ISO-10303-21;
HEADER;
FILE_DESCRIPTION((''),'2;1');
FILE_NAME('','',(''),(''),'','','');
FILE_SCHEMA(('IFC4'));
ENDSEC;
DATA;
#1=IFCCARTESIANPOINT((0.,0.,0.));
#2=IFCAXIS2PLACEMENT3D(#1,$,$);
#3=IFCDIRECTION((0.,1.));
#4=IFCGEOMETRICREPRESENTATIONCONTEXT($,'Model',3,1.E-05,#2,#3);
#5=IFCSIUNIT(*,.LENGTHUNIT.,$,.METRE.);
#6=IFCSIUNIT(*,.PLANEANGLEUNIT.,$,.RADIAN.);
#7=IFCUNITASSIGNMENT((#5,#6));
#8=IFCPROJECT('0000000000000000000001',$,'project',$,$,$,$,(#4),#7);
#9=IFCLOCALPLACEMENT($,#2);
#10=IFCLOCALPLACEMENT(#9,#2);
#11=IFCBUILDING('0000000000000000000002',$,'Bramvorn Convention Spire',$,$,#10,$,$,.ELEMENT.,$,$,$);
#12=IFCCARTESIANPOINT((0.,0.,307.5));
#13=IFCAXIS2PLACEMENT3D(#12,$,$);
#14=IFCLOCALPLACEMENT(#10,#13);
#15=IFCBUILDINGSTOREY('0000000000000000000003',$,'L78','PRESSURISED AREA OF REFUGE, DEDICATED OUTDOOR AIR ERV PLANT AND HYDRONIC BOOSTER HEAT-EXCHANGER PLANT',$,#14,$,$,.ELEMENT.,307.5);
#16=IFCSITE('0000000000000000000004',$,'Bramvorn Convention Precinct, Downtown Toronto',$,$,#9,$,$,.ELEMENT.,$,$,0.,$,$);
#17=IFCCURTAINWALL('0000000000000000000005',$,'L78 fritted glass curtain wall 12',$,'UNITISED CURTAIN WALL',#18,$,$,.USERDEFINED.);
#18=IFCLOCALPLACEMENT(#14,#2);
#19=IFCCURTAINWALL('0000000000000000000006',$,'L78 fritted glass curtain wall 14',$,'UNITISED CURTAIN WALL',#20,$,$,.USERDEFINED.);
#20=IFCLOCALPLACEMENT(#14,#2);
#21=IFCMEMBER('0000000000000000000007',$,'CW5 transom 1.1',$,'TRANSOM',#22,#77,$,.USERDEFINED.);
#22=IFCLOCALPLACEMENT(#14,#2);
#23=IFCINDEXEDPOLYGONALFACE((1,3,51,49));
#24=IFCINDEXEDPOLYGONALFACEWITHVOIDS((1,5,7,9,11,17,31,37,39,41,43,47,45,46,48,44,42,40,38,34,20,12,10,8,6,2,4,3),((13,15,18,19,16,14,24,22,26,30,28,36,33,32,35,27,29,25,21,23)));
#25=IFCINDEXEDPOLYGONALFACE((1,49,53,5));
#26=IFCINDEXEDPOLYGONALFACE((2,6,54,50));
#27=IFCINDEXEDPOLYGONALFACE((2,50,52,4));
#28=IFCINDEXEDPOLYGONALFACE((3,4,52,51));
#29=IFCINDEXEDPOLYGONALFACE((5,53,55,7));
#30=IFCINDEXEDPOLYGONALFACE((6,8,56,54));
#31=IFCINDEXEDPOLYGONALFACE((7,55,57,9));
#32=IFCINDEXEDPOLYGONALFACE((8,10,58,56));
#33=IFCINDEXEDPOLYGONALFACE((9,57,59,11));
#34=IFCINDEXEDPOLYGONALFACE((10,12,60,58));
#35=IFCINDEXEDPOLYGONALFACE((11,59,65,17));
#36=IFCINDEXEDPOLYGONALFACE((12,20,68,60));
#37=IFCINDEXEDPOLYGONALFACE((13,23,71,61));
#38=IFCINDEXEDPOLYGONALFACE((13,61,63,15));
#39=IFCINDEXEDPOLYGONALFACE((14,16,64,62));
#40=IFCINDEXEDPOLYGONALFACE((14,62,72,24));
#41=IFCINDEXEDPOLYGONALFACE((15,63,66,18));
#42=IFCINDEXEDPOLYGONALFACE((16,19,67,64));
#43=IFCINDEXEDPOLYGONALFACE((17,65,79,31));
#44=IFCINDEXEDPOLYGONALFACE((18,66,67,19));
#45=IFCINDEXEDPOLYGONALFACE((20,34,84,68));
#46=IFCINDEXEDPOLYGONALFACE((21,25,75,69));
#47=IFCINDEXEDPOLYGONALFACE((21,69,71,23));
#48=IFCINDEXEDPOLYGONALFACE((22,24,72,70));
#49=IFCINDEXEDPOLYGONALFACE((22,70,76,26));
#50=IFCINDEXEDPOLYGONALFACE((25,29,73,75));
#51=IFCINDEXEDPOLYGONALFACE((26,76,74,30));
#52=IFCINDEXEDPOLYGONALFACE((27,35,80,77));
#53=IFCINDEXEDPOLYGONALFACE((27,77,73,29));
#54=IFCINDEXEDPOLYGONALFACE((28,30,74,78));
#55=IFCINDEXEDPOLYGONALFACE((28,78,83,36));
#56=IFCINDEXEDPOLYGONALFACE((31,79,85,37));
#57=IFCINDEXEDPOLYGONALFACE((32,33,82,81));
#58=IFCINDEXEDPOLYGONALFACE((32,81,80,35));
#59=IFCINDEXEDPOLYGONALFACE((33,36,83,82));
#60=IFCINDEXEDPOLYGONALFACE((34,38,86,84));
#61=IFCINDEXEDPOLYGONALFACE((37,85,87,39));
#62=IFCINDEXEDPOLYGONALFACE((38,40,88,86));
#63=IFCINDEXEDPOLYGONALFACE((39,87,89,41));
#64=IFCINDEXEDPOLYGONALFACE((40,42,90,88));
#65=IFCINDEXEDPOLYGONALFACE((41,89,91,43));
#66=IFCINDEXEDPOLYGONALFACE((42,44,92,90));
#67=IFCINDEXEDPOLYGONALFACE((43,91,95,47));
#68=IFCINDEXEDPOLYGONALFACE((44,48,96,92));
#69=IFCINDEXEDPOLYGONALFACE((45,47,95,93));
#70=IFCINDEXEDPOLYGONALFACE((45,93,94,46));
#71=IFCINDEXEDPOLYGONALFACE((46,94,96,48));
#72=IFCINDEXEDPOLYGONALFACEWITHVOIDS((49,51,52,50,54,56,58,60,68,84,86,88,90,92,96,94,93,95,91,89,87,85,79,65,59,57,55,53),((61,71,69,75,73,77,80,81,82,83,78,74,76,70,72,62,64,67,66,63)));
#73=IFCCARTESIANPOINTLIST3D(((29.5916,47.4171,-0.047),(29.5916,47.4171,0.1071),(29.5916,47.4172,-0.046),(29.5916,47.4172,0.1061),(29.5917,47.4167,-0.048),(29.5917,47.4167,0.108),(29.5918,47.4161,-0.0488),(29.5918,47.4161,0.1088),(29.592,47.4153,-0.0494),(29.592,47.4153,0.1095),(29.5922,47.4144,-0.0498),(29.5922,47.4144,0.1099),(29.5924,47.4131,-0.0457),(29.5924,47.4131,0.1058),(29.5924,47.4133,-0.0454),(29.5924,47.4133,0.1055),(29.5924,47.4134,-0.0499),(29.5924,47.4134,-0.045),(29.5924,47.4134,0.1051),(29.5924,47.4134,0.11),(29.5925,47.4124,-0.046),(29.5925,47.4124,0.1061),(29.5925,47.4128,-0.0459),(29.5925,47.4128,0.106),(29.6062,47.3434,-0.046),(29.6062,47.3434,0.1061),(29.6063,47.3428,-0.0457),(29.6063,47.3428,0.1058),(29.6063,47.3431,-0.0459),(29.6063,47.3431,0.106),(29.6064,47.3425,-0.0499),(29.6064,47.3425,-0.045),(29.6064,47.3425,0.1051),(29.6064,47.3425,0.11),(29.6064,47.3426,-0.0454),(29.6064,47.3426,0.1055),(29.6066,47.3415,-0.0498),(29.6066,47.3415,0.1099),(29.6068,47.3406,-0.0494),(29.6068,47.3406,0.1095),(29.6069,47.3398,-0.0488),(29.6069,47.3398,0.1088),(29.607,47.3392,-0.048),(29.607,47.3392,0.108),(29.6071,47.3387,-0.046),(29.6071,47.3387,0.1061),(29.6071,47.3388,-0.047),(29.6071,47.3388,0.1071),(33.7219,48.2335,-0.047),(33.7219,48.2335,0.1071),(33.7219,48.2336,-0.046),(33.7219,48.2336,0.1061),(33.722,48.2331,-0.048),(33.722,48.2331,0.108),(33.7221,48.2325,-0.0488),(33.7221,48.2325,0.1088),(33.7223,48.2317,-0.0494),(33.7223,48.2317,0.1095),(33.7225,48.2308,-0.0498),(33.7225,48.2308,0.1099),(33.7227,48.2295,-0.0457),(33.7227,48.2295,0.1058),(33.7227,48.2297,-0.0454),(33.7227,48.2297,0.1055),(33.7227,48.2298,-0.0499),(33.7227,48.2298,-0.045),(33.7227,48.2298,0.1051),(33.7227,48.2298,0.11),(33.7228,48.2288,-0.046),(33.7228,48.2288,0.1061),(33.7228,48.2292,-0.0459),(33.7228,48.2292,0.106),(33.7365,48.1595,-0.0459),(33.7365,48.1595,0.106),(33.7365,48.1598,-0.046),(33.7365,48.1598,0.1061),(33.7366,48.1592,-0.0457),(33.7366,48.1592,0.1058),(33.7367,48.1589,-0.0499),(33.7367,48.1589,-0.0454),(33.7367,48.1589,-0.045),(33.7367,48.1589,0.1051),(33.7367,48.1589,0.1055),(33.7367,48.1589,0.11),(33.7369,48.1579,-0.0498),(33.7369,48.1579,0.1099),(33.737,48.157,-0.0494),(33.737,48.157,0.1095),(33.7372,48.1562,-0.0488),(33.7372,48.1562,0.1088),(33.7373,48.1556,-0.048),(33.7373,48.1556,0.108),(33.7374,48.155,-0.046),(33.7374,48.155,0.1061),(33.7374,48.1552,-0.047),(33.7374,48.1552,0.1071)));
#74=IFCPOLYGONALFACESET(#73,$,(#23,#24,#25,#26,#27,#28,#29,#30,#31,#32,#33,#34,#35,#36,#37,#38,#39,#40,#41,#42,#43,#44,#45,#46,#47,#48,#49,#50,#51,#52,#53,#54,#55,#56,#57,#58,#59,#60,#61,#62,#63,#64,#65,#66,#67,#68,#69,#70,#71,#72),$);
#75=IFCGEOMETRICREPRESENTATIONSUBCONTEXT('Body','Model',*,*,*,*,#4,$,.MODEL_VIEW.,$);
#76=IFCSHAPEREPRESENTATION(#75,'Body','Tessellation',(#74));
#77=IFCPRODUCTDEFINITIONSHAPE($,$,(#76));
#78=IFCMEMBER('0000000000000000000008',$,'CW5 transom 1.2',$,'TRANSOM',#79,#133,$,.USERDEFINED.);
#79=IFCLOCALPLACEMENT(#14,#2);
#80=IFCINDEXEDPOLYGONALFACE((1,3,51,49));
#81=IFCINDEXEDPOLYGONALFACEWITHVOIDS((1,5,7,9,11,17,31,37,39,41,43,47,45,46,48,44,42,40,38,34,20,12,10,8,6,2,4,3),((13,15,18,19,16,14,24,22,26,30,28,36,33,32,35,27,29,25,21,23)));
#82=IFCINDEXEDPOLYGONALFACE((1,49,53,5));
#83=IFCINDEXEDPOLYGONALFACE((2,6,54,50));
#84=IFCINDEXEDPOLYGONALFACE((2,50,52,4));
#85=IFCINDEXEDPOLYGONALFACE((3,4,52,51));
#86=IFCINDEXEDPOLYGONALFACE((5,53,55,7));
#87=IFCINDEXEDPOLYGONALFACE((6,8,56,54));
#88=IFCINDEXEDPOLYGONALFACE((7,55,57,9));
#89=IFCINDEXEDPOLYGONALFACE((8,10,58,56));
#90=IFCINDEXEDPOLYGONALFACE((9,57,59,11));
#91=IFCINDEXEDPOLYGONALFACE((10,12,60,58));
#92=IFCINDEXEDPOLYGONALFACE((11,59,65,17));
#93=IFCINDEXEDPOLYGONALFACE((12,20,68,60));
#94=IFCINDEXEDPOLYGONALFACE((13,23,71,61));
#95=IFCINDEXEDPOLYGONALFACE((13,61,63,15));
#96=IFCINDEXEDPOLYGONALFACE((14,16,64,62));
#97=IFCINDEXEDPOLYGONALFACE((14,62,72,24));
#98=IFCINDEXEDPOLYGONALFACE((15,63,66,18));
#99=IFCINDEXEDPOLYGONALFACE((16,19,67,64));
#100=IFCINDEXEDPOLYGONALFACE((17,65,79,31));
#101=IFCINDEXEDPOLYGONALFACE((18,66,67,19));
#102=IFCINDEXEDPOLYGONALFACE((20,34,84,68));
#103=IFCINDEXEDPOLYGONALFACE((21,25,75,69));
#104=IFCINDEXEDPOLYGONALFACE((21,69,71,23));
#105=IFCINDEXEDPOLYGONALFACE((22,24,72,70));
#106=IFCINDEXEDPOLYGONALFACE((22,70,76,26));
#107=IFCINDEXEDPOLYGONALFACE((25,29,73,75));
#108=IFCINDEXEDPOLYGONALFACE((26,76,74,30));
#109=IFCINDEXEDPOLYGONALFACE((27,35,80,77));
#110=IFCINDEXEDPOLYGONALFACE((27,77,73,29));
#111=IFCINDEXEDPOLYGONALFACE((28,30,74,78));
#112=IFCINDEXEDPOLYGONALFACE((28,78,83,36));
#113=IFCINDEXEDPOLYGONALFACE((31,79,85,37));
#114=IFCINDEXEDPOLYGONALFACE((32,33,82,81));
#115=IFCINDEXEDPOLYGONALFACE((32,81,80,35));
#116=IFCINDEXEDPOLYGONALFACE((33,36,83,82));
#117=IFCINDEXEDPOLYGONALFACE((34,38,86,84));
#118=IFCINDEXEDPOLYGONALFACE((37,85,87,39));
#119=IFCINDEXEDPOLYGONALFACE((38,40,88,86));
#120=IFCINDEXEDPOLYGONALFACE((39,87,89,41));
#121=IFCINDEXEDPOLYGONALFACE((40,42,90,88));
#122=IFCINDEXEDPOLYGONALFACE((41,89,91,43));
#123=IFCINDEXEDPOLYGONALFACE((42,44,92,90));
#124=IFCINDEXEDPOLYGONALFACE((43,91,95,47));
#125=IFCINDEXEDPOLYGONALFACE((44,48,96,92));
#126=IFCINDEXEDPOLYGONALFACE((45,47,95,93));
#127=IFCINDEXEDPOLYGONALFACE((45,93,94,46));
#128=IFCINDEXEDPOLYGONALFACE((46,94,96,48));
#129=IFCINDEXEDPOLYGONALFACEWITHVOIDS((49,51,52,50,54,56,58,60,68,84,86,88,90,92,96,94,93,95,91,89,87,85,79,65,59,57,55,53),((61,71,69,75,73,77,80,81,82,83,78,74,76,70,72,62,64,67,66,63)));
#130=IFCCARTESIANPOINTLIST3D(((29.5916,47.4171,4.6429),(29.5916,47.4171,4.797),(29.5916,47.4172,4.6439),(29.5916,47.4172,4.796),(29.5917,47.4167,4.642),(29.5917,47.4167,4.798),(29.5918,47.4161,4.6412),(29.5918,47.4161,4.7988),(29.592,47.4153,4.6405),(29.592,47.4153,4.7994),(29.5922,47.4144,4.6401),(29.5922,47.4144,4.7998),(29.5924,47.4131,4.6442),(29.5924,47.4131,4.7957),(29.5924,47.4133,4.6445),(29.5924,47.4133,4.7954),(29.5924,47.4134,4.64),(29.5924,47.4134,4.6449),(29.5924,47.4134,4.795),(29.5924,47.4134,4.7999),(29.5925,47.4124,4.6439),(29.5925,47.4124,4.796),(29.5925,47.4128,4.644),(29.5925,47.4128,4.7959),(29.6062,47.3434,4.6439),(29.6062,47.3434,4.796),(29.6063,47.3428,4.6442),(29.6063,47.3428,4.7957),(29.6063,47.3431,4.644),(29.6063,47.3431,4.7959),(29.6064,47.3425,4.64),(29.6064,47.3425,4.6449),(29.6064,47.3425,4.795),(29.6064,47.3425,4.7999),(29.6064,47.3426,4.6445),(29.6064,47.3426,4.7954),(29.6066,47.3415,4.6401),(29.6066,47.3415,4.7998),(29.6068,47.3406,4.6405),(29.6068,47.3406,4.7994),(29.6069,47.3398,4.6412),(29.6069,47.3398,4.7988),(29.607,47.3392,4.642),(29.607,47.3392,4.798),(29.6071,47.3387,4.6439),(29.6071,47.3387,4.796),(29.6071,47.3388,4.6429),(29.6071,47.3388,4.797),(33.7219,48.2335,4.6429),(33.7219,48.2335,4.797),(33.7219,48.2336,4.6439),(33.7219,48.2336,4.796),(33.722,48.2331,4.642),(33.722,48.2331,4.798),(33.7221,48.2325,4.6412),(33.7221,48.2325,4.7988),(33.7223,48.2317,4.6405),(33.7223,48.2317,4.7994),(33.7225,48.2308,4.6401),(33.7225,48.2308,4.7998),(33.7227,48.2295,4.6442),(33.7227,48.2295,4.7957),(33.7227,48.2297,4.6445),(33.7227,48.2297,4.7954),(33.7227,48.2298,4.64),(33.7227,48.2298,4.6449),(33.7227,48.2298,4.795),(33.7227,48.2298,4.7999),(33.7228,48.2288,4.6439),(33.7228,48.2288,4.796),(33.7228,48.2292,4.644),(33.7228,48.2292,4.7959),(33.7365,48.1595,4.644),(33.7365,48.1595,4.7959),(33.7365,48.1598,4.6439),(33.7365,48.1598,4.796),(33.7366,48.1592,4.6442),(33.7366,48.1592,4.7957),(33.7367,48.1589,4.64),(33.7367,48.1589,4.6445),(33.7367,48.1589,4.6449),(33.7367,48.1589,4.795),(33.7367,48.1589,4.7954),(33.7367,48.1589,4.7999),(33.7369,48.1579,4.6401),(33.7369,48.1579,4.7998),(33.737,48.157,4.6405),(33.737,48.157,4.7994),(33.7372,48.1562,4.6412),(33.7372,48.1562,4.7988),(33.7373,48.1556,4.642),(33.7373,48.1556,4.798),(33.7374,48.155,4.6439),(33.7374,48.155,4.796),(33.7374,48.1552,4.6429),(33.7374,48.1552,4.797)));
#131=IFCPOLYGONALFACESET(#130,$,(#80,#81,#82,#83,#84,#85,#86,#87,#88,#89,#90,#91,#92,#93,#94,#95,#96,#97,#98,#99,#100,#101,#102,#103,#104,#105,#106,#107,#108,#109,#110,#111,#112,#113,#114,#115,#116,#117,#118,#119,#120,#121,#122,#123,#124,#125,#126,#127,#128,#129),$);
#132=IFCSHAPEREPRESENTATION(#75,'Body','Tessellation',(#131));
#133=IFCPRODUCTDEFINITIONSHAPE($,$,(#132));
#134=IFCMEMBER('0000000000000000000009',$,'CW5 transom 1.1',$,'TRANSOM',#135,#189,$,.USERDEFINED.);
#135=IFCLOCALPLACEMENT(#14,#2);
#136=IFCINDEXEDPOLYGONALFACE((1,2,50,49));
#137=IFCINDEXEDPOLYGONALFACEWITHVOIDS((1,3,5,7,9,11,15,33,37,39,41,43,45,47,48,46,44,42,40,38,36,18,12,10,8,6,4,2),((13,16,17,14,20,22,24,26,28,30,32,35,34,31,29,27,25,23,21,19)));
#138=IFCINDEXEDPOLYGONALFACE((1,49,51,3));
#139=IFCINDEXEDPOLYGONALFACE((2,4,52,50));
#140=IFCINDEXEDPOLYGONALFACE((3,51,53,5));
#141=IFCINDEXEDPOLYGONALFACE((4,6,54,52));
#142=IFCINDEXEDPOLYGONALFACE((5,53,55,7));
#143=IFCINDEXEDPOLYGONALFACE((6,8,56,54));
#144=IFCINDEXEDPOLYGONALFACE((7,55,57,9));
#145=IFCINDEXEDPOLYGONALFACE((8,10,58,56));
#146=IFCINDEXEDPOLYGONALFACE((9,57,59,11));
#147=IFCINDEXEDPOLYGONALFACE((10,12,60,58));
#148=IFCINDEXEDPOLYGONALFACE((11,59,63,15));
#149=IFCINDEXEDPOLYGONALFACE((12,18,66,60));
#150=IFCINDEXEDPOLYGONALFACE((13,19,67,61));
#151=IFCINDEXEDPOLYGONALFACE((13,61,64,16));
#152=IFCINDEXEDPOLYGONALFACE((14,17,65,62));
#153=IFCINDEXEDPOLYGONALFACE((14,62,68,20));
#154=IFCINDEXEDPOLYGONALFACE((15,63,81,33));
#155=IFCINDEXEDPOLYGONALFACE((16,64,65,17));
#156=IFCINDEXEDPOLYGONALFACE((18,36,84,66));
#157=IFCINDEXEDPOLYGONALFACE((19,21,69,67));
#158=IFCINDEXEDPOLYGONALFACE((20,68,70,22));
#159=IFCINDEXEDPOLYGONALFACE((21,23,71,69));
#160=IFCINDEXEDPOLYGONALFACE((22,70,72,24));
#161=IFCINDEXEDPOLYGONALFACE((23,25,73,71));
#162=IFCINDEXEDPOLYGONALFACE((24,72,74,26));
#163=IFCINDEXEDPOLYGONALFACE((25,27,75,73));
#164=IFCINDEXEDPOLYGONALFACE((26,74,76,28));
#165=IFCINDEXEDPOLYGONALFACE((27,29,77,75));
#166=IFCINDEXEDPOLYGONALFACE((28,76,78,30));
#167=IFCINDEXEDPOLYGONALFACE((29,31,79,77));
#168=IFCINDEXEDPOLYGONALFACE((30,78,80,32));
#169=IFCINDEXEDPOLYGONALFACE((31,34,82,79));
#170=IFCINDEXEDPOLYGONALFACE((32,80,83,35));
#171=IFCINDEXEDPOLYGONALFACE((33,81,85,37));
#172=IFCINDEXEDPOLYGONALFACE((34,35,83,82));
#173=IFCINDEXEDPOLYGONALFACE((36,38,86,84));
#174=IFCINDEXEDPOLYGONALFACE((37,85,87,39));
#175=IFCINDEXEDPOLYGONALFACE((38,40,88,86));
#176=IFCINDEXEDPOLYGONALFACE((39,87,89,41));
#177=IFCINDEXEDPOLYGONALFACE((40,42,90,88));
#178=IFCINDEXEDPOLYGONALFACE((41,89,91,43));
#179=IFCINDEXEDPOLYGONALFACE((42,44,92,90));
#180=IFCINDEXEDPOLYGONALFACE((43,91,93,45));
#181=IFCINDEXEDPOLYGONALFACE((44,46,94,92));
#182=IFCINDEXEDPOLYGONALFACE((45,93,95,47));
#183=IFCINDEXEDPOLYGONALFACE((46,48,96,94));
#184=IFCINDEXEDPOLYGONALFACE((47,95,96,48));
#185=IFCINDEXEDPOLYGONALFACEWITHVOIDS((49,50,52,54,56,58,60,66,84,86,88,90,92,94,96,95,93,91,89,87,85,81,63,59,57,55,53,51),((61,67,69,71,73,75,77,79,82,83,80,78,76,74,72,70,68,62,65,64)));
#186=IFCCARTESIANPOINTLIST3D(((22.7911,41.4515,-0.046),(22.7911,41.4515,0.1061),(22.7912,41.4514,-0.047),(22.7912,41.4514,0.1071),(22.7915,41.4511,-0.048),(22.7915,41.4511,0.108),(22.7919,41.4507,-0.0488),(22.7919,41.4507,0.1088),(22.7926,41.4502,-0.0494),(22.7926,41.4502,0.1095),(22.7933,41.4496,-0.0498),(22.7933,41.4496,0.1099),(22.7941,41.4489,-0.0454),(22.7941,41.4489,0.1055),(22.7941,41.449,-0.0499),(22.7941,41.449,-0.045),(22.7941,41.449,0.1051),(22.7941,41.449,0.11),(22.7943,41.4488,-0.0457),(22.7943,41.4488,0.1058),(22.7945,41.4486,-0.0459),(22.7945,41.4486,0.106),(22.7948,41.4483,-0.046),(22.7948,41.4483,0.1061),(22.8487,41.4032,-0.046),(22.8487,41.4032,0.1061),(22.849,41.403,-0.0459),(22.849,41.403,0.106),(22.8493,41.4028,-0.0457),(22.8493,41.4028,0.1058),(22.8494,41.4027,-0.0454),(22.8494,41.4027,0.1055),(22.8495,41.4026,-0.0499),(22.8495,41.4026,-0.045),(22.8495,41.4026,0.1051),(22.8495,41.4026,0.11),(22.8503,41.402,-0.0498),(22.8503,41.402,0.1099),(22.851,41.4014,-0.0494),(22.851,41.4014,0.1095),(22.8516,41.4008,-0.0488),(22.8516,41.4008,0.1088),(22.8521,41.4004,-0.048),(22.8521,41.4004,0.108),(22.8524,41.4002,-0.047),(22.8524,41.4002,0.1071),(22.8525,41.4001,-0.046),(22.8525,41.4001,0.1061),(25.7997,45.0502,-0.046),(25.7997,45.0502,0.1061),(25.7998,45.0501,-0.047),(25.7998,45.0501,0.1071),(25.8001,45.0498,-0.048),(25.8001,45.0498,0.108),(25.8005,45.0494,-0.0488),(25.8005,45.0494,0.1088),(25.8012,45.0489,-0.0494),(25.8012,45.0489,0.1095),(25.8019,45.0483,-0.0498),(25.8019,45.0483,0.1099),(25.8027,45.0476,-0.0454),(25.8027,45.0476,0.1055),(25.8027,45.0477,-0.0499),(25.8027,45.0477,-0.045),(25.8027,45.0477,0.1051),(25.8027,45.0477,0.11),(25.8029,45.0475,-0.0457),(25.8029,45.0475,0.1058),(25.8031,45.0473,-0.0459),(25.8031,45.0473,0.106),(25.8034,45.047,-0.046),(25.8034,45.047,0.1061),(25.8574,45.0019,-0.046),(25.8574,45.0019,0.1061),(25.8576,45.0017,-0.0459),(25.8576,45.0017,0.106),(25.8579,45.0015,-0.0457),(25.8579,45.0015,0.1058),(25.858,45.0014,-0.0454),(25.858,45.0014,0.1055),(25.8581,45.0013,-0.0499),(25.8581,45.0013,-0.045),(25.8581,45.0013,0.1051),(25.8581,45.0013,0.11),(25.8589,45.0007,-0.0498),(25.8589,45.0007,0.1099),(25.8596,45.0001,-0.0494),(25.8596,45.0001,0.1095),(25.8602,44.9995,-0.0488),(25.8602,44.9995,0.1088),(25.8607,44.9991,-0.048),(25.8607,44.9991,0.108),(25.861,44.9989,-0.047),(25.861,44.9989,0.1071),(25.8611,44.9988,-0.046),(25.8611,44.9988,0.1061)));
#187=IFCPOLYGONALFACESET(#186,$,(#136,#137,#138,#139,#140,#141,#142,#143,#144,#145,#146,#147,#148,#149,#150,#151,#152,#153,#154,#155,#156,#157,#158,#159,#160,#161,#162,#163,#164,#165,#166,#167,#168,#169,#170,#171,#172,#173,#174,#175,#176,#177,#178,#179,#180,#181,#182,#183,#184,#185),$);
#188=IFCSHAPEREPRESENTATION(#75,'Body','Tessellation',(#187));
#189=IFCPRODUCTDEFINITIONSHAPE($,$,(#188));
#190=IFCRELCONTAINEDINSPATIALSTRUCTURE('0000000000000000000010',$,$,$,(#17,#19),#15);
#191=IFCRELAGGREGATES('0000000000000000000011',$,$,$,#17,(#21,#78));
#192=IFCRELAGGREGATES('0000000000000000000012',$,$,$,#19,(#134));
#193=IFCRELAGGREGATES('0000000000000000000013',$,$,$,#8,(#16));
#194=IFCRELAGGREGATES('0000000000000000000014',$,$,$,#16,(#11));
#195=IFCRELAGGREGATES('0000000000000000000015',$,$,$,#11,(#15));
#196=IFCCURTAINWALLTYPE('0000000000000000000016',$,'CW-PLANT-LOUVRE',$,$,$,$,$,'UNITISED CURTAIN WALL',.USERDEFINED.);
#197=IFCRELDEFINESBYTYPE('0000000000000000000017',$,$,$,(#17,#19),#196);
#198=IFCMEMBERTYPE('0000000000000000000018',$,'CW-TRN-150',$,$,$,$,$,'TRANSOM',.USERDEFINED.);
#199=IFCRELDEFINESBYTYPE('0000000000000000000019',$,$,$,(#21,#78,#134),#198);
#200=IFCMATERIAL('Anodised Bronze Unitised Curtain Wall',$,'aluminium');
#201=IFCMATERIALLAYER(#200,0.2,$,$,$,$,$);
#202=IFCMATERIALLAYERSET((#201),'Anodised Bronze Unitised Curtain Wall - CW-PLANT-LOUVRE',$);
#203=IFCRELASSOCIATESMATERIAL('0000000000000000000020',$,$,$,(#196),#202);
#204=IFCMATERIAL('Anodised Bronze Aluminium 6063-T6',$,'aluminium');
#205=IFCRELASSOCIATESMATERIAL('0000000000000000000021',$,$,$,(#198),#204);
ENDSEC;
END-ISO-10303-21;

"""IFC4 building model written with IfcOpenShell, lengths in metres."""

from ifc_helpers import new_model, si_unit, direction, frame, origin, origin_2d, place, context, subcontext, project, spatial, hollow_rectangle, extrude, material, layer, layer_set, material_profile, profile_set, type_object, element, aggregate, save


model = new_model("IFC4")

# Units and contexts
model_context = context("Model", 3, precision=1e-05, world=origin(), true_north=direction((0.0, 1.0)))
body_context = subcontext(model_context, "Body", "Model", "MODEL_VIEW")
ifc_project = project(units=[si_unit("LENGTHUNIT", "METRE"), si_unit("PLANEANGLEUNIT", "RADIAN")], contexts=[model_context])

# Site, building, storey
site_placement = place(None, origin())
site = spatial("IfcSite", under=ifc_project, at=site_placement, Name="Bramvorn Convention Precinct, Downtown Toronto", CompositionType="ELEMENT", RefElevation=0.0)
building_placement = place(site_placement, origin())
building = spatial("IfcBuilding", under=site, at=building_placement, Name="Bramvorn Convention Spire", CompositionType="ELEMENT")
storey_placement = place(building_placement, frame((0.0, 0.0, 307.5)))
storey = spatial("IfcBuildingStorey", under=building, at=storey_placement, Name="L78", Description="PRESSURISED AREA OF REFUGE, DEDICATED OUTDOOR AIR ERV PLANT AND HYDRONIC BOOSTER HEAT-EXCHANGER PLANT", CompositionType="ELEMENT", Elevation=307.5)

# Shared definitions
ifc_material_1 = material(Name="Anodised Bronze Unitised Curtain Wall", Category="aluminium")
ifc_layer_1 = layer(ifc_material_1, 0.2)
ifc_layer_set_1 = layer_set([ifc_layer_1], Name="Anodised Bronze Unitised Curtain Wall - CW-PLANT-LOUVRE")
curtain_wall_type = type_object("IfcCurtainWallType", Name="CW-PLANT-LOUVRE", ElementType="UNITISED CURTAIN WALL", PredefinedType="USERDEFINED", material=ifc_layer_set_1)
ifc_material_2 = material(Name="Anodised Bronze Aluminium 6063-T6", Category="aluminium")

# Curtain walls
curtain_wall_1_placement = place(storey_placement, origin())
curtain_wall_1 = element("IfcCurtainWall", 1, at=curtain_wall_1_placement, inside=storey, type_object=curtain_wall_type, Name="L78 fritted glass curtain wall 12", ObjectType="UNITISED CURTAIN WALL", PredefinedType="USERDEFINED")
curtain_wall_2_placement = place(storey_placement, origin())
curtain_wall_2 = element("IfcCurtainWall", 2, at=curtain_wall_2_placement, inside=storey, type_object=curtain_wall_type, Name="L78 fritted glass curtain wall 14", ObjectType="UNITISED CURTAIN WALL", PredefinedType="USERDEFINED")

# Members
ifc_material_profile_1 = material_profile(ifc_material_2, hollow_rectangle(XDim=0.0801, YDim=0.1599, WallThickness=0.0039, InnerFilletRadius=0.001, OuterFilletRadius=0.0039, at=origin_2d()))
ifc_profile_set_1 = profile_set([ifc_material_profile_1], Name="Anodised Bronze Aluminium 6063-T6 - CWT80X160")
member_type_1 = type_object("IfcMemberType", Name="CW-TRN-150", ElementType="TRANSOM", PredefinedType="USERDEFINED", material=ifc_profile_set_1)
member_1_placement = place(storey_placement, frame((29.5994, 47.3779, 0.03), z_axis=(0.98102, 0.193908, 0.0), x_axis=(-0.193908, 0.98102, 0.0)))
member_1 = element("IfcMember", 3, at=member_1_placement, type_object=member_type_1, Name="CW5 transom 1.1", ObjectType="TRANSOM", PredefinedType="USERDEFINED", context=body_context, shape_type="SweptSolid", body=[
    extrude(hollow_rectangle(XDim=0.0801, YDim=0.1599, WallThickness=0.0039, InnerFilletRadius=0.001, OuterFilletRadius=0.0039, at=origin_2d()), origin(), (0.0, 0.0, 1.0), 4.2102),
])
member_2_placement = place(storey_placement, frame((29.5994, 47.3779, 4.72), z_axis=(0.98102, 0.193908, 0.0), x_axis=(-0.193908, 0.98102, 0.0)))
member_2 = element("IfcMember", 4, at=member_2_placement, type_object=member_type_1, Name="CW5 transom 1.2", ObjectType="TRANSOM", PredefinedType="USERDEFINED", context=body_context, shape_type="SweptSolid", body=[
    extrude(hollow_rectangle(XDim=0.0801, YDim=0.1599, WallThickness=0.0039, InnerFilletRadius=0.001, OuterFilletRadius=0.0039, at=origin_2d()), origin(), (0.0, 0.0, 1.0), 4.2102),
])
member_3_placement = place(storey_placement, frame((22.8218, 41.4258, 0.03), z_axis=(0.641402, 0.767205, 0.0), x_axis=(-0.767205, 0.641402, 0.0)))
member_3 = element("IfcMember", 5, at=member_3_placement, type_object=member_type_1, Name="CW5 transom 1.1", ObjectType="TRANSOM", PredefinedType="USERDEFINED", context=body_context, shape_type="SweptSolid", body=[
    extrude(hollow_rectangle(XDim=0.0801, YDim=0.1599, WallThickness=0.0039, InnerFilletRadius=0.001, OuterFilletRadius=0.0039, at=origin_2d()), origin(), (0.0, 0.0, 1.0), 4.6907),
])

aggregate(curtain_wall_1, [member_1, member_2])
aggregate(curtain_wall_2, [member_3])

save(model, "model.ifc")
